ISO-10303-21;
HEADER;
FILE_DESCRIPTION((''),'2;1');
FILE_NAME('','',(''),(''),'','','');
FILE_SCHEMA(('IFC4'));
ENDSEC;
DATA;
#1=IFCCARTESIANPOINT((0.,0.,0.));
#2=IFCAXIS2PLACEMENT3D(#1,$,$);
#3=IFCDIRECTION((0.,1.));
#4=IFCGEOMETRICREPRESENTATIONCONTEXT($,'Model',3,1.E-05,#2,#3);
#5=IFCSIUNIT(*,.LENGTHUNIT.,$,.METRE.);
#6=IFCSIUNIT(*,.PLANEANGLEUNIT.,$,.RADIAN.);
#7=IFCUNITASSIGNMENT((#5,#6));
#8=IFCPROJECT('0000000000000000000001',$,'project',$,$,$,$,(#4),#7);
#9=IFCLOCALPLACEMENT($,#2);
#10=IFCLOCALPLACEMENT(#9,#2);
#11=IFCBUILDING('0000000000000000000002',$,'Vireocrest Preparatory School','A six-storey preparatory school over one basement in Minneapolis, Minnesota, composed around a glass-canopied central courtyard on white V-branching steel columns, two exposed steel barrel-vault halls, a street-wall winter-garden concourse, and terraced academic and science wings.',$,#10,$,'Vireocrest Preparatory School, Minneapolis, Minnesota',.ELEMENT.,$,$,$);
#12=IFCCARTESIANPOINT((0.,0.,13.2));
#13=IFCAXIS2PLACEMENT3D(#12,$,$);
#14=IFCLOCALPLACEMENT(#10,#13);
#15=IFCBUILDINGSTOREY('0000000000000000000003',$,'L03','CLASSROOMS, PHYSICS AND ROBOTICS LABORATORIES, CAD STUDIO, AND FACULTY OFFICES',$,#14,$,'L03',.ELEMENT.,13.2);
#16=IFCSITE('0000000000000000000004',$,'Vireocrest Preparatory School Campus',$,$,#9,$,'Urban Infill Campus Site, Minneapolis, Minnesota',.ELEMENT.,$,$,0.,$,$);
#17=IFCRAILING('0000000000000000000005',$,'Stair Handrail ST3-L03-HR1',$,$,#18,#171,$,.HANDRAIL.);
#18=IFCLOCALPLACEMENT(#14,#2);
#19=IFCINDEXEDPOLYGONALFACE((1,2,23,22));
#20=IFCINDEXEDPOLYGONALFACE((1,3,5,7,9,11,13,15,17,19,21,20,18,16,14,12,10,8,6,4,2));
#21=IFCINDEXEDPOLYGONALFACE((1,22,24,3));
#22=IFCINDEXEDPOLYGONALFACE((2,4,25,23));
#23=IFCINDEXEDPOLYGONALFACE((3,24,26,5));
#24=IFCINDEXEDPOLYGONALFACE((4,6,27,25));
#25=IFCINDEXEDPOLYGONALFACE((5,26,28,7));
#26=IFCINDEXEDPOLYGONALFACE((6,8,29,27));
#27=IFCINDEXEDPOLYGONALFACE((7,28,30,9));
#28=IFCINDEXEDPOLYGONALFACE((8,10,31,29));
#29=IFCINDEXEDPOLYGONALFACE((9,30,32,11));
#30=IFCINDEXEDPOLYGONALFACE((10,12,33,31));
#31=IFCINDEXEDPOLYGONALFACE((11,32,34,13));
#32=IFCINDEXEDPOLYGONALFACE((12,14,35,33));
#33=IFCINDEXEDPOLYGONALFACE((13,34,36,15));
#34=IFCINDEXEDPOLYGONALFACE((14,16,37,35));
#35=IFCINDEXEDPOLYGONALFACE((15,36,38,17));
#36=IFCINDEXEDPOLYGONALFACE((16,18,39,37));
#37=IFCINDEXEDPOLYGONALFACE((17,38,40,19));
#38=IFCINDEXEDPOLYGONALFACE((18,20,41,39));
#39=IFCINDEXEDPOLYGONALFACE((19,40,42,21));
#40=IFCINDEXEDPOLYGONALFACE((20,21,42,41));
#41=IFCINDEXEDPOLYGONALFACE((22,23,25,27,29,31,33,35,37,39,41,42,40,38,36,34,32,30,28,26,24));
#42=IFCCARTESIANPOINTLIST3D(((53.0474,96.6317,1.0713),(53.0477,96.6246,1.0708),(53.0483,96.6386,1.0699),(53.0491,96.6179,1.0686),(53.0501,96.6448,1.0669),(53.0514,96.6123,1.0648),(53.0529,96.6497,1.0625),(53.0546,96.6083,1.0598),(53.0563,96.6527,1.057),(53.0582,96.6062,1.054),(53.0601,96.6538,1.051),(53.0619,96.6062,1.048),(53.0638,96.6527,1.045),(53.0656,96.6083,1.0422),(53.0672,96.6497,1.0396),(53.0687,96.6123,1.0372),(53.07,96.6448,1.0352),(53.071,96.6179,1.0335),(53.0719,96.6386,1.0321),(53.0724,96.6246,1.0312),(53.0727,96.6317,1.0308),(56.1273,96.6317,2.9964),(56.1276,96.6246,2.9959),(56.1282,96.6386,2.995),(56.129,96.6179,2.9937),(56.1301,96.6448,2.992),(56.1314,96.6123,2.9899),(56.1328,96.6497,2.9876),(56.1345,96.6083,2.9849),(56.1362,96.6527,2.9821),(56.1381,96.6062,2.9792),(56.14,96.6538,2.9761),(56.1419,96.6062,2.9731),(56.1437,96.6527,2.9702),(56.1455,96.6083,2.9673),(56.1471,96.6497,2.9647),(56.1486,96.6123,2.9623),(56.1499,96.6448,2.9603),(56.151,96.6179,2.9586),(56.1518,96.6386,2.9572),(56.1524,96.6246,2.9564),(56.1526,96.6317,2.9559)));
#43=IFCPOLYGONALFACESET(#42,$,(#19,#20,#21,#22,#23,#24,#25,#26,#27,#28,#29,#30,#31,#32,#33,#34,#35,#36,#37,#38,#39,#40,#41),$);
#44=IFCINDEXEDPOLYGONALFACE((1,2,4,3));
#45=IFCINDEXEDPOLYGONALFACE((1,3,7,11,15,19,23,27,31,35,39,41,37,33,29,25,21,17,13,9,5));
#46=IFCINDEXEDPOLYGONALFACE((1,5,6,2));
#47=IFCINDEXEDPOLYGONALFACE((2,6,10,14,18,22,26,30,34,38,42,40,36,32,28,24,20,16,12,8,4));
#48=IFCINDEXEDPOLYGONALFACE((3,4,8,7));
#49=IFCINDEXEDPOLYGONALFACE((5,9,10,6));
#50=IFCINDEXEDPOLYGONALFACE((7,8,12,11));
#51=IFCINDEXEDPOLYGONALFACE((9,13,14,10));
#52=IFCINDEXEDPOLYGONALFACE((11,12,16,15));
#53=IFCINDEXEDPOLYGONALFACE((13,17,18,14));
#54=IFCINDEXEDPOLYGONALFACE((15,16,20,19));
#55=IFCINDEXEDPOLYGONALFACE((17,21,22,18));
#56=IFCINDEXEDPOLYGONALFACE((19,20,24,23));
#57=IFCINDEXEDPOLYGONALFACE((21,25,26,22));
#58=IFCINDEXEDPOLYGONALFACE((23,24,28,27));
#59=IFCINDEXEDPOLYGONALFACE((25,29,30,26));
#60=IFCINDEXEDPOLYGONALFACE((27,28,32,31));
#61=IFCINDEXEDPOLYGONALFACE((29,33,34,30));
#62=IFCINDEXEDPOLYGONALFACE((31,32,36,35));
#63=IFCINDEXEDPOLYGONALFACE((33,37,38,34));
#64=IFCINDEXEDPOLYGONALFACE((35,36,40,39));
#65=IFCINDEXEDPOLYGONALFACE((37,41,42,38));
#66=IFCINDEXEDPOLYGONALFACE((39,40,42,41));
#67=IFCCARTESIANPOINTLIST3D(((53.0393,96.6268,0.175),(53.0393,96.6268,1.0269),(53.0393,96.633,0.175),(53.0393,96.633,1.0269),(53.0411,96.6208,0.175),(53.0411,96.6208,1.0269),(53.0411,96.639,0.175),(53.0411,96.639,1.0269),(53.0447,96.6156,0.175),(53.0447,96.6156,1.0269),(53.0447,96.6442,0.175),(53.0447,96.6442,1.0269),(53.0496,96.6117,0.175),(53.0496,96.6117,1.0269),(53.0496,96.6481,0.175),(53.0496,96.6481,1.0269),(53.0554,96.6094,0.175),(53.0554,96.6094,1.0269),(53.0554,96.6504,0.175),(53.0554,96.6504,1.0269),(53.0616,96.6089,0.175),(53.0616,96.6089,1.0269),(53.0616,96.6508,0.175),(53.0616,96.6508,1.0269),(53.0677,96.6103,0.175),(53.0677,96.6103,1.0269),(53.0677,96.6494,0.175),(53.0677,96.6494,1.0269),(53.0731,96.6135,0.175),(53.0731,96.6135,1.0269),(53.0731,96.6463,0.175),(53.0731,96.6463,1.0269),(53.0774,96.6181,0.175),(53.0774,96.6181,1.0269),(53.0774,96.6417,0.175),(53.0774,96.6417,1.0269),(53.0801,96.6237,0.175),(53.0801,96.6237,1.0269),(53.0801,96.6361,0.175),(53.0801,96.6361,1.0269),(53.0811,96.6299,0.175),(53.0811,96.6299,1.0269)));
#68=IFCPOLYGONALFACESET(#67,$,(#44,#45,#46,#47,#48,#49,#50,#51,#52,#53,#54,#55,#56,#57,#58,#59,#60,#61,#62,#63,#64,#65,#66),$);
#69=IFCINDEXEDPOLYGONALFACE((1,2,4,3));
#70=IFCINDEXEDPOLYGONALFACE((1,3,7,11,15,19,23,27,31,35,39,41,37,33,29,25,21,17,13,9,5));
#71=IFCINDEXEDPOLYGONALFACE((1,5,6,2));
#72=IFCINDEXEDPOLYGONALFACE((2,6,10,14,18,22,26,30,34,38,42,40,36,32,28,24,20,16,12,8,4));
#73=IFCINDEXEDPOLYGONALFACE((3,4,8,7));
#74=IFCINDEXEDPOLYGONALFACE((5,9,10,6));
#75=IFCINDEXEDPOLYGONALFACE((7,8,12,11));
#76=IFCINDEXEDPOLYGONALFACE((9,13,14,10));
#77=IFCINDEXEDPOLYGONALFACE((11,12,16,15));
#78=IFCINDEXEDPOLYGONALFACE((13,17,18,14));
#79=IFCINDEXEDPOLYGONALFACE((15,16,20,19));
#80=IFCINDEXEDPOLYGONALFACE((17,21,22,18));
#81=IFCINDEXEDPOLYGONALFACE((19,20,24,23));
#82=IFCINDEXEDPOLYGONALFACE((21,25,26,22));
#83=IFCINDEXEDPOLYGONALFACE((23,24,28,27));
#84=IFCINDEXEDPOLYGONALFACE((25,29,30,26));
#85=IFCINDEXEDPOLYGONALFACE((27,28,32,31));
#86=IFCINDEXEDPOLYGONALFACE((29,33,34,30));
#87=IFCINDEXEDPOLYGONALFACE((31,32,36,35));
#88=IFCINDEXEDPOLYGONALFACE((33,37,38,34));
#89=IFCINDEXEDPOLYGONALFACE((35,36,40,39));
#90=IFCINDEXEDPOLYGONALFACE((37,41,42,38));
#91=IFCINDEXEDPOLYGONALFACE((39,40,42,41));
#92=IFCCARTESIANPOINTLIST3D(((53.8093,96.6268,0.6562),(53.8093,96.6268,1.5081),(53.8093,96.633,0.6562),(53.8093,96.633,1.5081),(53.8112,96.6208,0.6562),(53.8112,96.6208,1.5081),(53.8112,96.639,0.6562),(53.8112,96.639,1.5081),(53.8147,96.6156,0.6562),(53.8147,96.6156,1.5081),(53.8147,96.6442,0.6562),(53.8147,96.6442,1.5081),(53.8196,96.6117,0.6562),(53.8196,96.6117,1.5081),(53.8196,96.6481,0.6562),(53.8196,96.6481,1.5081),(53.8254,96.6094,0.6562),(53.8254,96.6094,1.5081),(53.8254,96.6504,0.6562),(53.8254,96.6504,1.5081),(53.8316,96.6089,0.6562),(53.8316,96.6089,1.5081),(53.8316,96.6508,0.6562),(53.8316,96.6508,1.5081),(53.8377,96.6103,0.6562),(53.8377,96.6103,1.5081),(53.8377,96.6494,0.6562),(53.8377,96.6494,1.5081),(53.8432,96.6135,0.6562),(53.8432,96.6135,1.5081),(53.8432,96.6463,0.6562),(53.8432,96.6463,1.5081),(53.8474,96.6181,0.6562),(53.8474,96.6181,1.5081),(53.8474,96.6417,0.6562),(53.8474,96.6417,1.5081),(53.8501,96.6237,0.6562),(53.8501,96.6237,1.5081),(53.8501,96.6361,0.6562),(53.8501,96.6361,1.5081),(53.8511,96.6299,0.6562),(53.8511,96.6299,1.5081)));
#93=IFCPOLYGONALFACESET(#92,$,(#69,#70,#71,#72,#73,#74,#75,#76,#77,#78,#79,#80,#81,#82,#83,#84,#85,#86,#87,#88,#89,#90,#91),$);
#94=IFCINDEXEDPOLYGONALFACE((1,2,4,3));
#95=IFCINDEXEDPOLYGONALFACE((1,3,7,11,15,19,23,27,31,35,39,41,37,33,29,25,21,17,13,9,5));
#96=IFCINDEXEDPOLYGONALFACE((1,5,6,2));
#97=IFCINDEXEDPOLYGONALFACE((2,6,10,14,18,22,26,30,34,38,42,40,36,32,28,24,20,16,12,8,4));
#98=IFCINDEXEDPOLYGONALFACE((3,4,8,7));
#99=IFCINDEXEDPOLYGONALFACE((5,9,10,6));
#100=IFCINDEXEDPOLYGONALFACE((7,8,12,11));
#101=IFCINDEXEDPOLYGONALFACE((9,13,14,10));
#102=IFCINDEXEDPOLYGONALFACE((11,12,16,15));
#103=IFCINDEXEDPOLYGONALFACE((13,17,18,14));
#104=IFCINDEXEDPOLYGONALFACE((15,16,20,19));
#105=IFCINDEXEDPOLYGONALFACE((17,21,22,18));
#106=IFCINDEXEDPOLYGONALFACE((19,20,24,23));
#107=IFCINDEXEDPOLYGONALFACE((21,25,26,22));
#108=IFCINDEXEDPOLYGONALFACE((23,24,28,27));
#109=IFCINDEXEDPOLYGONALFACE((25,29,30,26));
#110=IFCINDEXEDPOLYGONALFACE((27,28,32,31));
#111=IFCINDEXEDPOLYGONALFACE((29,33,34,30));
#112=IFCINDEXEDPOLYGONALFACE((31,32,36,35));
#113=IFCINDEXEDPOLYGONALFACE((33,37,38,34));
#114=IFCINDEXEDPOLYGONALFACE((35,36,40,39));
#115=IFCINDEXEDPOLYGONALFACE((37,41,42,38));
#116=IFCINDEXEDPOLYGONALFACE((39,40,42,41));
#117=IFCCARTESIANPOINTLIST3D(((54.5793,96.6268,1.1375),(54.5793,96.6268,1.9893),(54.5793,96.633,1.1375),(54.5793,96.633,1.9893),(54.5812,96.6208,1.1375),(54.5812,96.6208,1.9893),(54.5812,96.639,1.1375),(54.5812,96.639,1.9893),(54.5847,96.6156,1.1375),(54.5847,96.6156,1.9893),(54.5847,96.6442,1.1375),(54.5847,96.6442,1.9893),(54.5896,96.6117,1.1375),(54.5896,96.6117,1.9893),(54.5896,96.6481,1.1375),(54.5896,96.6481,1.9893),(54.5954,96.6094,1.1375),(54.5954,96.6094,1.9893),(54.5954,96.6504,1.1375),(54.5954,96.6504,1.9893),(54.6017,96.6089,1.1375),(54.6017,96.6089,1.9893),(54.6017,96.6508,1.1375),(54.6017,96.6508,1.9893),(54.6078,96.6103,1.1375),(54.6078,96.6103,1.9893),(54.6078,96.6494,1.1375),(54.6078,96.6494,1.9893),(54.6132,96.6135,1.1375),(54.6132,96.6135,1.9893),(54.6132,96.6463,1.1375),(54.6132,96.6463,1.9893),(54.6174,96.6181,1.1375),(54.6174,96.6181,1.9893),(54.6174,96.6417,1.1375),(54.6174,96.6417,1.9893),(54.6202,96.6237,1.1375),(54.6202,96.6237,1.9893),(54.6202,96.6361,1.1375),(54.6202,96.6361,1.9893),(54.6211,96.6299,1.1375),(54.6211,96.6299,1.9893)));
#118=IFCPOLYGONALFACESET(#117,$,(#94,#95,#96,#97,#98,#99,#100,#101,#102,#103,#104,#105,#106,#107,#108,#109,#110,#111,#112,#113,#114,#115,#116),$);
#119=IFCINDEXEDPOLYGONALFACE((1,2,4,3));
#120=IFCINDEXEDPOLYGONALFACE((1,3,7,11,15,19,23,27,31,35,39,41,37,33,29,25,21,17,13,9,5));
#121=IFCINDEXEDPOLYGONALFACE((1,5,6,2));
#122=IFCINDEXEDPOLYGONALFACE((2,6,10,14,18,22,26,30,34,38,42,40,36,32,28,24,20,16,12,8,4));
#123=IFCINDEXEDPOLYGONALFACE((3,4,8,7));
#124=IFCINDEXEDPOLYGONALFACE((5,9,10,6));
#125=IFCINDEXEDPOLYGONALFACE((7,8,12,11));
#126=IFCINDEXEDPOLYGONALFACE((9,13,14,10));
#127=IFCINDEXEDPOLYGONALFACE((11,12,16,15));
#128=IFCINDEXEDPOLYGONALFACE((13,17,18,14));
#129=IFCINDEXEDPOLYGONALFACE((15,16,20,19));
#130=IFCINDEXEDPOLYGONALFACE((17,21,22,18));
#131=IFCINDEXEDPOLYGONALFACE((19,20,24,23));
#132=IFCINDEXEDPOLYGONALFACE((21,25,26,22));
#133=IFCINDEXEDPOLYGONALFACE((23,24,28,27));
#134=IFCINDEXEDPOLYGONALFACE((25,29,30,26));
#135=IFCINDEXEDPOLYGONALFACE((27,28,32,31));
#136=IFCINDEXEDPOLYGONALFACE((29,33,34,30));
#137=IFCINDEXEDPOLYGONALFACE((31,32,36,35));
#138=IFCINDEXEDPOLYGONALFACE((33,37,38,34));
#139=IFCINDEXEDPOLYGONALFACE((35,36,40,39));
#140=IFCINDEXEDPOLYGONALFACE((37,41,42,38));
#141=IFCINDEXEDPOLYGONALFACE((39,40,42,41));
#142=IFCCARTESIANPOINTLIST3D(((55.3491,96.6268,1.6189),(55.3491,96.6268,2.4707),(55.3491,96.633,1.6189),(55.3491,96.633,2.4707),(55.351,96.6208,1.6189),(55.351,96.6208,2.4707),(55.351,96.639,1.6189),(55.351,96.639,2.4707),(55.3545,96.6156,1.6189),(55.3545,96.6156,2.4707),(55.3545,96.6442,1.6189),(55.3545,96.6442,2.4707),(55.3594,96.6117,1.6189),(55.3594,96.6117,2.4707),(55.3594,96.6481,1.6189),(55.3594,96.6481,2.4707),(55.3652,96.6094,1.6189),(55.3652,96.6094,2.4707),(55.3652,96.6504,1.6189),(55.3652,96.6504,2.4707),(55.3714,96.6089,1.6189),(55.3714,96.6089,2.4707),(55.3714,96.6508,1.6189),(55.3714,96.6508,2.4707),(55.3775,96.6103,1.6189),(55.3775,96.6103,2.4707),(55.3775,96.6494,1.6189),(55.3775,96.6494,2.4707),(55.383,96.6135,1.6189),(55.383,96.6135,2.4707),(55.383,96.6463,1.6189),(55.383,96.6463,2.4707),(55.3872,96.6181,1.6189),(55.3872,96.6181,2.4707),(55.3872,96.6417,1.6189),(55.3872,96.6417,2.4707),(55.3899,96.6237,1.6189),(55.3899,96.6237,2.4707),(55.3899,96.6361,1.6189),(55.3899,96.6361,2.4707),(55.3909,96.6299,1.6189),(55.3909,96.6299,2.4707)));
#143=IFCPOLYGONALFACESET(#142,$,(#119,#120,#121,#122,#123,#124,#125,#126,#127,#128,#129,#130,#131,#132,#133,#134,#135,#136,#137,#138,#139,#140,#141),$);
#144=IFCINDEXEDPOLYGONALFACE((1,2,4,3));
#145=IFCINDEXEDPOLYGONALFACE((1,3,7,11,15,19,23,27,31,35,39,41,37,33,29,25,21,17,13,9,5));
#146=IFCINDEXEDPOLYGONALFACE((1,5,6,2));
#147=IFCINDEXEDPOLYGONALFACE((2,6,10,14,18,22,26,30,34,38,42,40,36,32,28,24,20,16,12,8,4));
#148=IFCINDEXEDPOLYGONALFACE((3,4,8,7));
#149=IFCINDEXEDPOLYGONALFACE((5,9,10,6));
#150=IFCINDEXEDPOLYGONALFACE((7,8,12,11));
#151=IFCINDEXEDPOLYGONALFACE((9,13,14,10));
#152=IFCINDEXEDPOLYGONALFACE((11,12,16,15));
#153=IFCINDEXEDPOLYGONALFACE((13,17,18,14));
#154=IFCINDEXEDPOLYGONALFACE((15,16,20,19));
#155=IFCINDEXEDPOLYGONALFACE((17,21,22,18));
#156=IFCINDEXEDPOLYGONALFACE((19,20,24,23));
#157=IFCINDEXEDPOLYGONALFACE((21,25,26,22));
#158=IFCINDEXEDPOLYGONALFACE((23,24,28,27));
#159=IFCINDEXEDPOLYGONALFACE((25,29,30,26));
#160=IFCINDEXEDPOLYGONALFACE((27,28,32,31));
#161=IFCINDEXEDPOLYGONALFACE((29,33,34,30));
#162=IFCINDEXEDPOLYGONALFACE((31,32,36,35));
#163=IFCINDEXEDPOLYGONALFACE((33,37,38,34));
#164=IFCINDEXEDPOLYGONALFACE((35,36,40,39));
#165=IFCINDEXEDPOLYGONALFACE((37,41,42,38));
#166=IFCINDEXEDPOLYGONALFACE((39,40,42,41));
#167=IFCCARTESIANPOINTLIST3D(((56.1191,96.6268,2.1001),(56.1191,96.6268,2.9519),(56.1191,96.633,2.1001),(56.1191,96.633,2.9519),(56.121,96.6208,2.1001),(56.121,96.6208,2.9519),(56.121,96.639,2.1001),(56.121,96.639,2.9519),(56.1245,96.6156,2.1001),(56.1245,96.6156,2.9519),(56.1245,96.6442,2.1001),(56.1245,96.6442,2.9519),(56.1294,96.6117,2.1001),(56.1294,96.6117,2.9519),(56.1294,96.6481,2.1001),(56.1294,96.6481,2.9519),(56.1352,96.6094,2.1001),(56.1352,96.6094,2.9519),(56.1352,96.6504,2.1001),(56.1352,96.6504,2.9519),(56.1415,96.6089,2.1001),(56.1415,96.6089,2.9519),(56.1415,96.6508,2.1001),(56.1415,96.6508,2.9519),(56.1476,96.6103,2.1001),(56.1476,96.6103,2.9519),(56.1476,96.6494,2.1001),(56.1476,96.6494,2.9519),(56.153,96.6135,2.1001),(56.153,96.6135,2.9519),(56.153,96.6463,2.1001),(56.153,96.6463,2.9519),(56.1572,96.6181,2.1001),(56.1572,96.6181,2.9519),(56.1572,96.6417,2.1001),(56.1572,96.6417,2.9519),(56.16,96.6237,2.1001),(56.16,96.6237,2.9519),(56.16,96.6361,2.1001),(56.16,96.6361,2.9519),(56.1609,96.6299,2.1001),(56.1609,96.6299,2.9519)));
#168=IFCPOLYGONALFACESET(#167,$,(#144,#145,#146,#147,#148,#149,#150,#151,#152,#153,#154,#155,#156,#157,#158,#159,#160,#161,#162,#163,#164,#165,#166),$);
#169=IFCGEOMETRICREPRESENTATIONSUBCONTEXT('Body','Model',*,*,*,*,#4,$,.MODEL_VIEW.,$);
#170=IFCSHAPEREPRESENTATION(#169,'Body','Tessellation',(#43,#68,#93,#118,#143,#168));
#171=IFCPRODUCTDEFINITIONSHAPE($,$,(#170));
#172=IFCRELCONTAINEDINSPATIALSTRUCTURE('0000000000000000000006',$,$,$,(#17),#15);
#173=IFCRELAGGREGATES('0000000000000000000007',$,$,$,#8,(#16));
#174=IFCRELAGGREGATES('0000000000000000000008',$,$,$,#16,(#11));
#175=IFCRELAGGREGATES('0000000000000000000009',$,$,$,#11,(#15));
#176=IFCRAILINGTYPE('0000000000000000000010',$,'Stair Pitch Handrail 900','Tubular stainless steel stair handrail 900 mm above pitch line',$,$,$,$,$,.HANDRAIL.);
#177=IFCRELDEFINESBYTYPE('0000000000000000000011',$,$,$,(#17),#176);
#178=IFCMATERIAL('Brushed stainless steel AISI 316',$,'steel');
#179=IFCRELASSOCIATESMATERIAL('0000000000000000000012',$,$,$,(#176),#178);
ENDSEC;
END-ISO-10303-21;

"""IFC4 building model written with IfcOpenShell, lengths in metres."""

from ifc_helpers import new_model, si_unit, direction, frame, origin, origin_2d, place, context, subcontext, project, spatial, circle, extrude, material, type_object, element, save


model = new_model("IFC4")

# Units and contexts
model_context = context("Model", 3, precision=1e-05, world=origin(), true_north=direction((0.0, 1.0)))
body_context = subcontext(model_context, "Body", "Model", "MODEL_VIEW")
ifc_project = project(units=[si_unit("LENGTHUNIT", "METRE"), si_unit("PLANEANGLEUNIT", "RADIAN")], contexts=[model_context])

# Site, building, storey
site_placement = place(None, origin())
site = spatial("IfcSite", under=ifc_project, at=site_placement, Name="Vireocrest Preparatory School Campus", LongName="Urban Infill Campus Site, Minneapolis, Minnesota", CompositionType="ELEMENT", RefElevation=0.0)
building_placement = place(site_placement, origin())
building = spatial("IfcBuilding", under=site, at=building_placement, Name="Vireocrest Preparatory School", Description="A six-storey preparatory school over one basement in Minneapolis, Minnesota, composed around a glass-canopied central courtyard on white V-branching steel columns, two exposed steel barrel-vault halls, a street-wall winter-garden concourse, and terraced academic and science wings.", LongName="Vireocrest Preparatory School, Minneapolis, Minnesota", CompositionType="ELEMENT")
storey_placement = place(building_placement, frame((0.0, 0.0, 13.2)))
storey = spatial("IfcBuildingStorey", under=building, at=storey_placement, Name="L03", Description="CLASSROOMS, PHYSICS AND ROBOTICS LABORATORIES, CAD STUDIO, AND FACULTY OFFICES", LongName="L03", CompositionType="ELEMENT", Elevation=13.2)

# Railing
ifc_material_1 = material(Name="Brushed stainless steel AISI 316", Category="steel")
railing_type = type_object("IfcRailingType", Name="Stair Pitch Handrail 900", Description="Tubular stainless steel stair handrail 900 mm above pitch line", PredefinedType="HANDRAIL", material=ifc_material_1)
railing_placement = place(storey_placement, frame((53.0601, 96.6299, 0.175)))
element("IfcRailing", 1, at=railing_placement, inside=storey, type_object=railing_type, Name="Stair Handrail ST3-L03-HR1", PredefinedType="HANDRAIL", context=body_context, shape_type="SweptSolid", body=[
    extrude(circle(Radius=0.0239, at=origin_2d()), frame((0.0, 0.0, 0.876), z_axis=(0.847979, 0.0, 0.530029), x_axis=(0.0, 1.0, 0.0)), (0.0, 0.0, 1.0), 3.6321),
    extrude(circle(Radius=0.021, at=origin_2d()), origin(), (0.0, 0.0, 1.0), 0.8518),
    extrude(circle(Radius=0.021, at=origin_2d()), frame((0.77, 0.0, 0.4812)), (0.0, 0.0, 1.0), 0.8518),
    extrude(circle(Radius=0.021, at=origin_2d()), frame((1.54, 0.0, 0.9624)), (0.0, 0.0, 1.0), 0.8518),
    extrude(circle(Radius=0.021, at=origin_2d()), frame((2.3098, 0.0, 1.4438)), (0.0, 0.0, 1.0), 0.8518),
    extrude(circle(Radius=0.021, at=origin_2d()), frame((3.0798, 0.0, 1.925)), (0.0, 0.0, 1.0), 0.8518),
])

save(model, "model.ifc")
